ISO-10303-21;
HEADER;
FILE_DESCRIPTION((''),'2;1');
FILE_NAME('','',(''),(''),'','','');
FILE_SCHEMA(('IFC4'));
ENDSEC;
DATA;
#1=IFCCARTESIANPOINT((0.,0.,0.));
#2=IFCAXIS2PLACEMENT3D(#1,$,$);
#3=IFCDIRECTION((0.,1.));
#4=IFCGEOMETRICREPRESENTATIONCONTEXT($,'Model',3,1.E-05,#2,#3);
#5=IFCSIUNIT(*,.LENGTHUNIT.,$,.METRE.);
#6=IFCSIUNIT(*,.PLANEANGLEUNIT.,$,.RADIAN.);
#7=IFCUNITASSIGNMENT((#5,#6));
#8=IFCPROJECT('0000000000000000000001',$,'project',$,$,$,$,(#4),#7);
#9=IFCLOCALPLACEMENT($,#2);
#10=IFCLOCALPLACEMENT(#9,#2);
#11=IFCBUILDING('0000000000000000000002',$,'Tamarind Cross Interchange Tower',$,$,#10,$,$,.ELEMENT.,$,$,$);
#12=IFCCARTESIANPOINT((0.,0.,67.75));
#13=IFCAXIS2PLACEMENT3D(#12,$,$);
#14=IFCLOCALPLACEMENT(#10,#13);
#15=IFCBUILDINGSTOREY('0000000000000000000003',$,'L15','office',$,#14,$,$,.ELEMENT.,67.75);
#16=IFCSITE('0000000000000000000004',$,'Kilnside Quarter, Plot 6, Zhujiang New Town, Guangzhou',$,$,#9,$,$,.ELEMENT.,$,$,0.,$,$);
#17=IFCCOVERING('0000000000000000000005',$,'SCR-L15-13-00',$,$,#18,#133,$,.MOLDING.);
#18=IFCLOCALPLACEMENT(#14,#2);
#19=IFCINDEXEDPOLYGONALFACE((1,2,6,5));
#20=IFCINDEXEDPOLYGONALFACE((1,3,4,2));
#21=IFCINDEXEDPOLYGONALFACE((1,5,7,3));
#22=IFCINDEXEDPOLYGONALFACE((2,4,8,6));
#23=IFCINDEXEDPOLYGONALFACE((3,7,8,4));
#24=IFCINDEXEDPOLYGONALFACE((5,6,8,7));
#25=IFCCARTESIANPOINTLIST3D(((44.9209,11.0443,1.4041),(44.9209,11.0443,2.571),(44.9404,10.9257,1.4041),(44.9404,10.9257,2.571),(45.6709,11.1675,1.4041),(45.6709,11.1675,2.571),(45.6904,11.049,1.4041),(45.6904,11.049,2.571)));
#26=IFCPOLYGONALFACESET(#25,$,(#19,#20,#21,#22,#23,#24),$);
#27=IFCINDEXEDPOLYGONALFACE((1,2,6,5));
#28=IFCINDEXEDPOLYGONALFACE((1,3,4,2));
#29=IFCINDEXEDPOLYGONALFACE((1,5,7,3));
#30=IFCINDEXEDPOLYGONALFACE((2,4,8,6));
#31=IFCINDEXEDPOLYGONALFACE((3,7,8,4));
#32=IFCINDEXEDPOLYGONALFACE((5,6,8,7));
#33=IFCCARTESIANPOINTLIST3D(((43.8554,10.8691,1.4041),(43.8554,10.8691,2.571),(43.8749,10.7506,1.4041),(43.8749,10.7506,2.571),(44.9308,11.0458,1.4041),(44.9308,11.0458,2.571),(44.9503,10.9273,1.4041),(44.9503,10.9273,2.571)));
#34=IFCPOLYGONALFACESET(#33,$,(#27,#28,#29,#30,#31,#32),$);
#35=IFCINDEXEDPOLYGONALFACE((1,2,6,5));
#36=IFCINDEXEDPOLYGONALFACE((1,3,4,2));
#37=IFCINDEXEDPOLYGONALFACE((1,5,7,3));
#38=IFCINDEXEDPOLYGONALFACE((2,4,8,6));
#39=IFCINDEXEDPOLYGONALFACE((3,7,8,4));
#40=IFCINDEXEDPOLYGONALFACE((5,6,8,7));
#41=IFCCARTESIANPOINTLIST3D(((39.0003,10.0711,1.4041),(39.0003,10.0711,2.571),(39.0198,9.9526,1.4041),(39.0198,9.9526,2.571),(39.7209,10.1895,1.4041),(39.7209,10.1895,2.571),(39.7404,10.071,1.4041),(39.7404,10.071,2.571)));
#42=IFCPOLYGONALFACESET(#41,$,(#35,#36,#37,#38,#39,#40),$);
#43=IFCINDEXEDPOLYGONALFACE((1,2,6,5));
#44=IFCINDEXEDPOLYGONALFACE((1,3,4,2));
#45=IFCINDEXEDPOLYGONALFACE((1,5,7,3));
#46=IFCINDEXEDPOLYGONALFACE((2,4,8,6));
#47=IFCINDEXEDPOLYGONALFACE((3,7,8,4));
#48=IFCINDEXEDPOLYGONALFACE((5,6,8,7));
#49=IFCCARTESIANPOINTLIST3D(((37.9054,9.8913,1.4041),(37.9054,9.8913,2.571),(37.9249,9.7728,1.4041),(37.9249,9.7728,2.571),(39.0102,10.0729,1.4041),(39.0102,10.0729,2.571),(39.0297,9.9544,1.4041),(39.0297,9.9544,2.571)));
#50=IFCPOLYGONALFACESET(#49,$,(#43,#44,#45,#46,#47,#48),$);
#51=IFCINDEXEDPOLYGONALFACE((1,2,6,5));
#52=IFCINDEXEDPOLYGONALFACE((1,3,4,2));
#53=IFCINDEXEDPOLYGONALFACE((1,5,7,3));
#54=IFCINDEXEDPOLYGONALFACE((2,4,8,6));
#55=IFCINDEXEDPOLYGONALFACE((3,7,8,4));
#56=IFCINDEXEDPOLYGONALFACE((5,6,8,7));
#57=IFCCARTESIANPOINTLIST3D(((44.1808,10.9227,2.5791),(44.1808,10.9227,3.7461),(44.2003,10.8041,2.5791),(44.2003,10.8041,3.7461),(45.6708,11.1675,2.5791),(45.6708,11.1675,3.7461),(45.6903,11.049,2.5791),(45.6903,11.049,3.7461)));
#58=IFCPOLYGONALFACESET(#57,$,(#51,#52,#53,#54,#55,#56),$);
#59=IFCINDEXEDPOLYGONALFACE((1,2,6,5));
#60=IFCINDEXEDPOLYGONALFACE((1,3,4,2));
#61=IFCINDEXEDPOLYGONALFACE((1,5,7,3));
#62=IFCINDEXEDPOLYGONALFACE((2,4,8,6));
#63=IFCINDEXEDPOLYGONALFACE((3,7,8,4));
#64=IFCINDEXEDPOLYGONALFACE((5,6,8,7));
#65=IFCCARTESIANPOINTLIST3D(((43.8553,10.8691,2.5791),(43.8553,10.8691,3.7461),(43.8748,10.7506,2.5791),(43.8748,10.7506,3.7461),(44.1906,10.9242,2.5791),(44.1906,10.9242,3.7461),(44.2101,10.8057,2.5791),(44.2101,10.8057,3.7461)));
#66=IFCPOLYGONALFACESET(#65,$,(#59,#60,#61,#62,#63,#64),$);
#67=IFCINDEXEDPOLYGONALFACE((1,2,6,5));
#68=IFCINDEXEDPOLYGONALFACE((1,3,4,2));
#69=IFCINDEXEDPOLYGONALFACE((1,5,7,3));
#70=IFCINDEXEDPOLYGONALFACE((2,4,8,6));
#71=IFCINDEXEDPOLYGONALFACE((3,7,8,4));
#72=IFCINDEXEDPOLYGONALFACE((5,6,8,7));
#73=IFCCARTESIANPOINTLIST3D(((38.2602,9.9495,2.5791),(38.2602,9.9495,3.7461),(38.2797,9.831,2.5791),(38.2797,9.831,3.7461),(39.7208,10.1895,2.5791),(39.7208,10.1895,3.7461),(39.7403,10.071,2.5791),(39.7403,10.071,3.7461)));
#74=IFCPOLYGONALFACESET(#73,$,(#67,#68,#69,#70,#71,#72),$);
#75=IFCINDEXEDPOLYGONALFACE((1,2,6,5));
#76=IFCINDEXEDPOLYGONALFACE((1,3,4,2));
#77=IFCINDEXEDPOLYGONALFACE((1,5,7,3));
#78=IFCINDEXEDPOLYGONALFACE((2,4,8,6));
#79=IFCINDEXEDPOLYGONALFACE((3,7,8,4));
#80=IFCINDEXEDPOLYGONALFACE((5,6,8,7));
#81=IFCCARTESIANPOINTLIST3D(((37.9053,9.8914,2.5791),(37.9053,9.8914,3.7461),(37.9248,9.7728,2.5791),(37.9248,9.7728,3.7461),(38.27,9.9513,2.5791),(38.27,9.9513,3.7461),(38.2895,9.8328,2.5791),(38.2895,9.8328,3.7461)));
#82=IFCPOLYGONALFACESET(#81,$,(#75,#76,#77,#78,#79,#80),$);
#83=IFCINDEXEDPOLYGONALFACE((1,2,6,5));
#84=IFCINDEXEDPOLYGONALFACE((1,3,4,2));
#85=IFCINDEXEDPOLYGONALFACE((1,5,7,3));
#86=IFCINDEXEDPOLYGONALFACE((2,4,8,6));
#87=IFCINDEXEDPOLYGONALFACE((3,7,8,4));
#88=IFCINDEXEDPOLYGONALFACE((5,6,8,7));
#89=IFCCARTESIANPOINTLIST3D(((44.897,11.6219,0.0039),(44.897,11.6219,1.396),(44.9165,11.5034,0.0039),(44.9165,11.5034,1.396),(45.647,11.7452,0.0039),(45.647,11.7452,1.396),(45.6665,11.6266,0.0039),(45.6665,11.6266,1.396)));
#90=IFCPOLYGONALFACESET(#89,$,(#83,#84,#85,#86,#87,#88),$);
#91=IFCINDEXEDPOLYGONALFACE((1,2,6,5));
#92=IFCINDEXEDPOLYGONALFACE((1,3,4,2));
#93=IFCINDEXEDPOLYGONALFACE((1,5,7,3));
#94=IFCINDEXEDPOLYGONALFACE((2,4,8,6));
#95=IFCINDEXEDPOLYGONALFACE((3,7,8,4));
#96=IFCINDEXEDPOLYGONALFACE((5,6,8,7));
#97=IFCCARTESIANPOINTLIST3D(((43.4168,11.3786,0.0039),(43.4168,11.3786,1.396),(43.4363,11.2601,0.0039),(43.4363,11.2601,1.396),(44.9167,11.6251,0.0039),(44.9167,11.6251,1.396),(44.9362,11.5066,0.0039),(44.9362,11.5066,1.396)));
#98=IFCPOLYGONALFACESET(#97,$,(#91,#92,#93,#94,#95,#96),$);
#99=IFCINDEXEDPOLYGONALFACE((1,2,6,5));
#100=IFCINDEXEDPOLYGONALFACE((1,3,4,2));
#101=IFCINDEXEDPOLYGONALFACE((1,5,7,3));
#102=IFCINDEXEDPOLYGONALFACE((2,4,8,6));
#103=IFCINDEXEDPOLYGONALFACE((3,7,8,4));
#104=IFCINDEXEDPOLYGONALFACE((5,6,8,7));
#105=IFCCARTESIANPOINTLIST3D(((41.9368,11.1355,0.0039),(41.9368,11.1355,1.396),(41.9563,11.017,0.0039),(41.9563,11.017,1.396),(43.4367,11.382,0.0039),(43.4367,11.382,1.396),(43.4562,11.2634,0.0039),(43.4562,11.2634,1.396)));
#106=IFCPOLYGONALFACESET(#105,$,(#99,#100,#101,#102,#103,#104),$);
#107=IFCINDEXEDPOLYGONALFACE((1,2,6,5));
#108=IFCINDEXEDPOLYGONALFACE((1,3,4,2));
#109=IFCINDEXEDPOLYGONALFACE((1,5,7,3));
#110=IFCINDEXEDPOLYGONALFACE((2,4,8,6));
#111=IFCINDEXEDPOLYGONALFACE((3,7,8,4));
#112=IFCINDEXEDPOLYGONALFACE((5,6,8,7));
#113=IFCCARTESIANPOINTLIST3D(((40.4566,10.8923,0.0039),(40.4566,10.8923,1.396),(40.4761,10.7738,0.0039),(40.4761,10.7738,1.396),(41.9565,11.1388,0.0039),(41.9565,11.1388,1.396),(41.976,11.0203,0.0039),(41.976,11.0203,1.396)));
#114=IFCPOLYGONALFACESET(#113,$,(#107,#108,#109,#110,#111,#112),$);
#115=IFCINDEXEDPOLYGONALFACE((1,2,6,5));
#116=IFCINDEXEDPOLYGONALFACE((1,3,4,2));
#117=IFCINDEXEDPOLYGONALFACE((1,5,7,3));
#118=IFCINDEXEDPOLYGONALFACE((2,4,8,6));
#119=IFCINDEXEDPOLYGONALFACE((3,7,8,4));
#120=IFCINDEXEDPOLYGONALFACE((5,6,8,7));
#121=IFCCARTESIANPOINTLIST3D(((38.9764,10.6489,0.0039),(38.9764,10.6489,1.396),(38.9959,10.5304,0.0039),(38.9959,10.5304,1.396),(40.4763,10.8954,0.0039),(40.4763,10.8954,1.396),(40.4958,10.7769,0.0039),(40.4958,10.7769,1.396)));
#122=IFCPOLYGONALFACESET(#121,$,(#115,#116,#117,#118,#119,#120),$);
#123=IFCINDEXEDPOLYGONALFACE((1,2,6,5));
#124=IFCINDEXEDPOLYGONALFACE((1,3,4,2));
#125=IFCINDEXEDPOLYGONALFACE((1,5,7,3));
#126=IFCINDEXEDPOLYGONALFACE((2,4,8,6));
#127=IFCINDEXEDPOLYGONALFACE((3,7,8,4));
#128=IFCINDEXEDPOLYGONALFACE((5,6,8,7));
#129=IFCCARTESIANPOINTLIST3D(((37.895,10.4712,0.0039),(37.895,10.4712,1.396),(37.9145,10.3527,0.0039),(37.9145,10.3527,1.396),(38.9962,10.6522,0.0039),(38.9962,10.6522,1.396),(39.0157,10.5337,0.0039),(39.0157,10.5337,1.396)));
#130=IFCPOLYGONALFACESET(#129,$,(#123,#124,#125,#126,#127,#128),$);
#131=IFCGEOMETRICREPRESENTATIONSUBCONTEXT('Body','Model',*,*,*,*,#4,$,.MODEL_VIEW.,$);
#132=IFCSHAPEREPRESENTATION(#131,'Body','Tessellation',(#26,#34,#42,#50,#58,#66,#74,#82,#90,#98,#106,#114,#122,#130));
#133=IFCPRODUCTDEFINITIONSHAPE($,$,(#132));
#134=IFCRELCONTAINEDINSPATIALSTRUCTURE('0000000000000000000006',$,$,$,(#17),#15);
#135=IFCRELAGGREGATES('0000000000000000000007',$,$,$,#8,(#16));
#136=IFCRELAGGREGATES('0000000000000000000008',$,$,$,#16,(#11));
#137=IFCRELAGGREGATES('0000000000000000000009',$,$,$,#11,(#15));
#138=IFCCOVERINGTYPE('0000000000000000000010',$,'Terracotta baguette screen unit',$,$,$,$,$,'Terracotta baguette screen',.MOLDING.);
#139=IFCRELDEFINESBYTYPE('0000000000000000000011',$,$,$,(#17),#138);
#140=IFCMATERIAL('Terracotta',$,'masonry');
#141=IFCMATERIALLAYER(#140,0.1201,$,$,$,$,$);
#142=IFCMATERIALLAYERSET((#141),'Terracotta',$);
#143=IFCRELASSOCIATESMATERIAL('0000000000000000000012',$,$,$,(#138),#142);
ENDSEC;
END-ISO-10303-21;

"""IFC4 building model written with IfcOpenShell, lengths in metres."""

from ifc_helpers import new_model, si_unit, direction, frame, origin, origin_2d, place, context, subcontext, project, spatial, rectangle, extrude, material, layer, layer_set, type_object, element, save


model = new_model("IFC4")

# Units and contexts
model_context = context("Model", 3, precision=1e-05, world=origin(), true_north=direction((0.0, 1.0)))
body_context = subcontext(model_context, "Body", "Model", "MODEL_VIEW")
ifc_project = project(units=[si_unit("LENGTHUNIT", "METRE"), si_unit("PLANEANGLEUNIT", "RADIAN")], contexts=[model_context])

# Site, building, storey
site_placement = place(None, origin())
site = spatial("IfcSite", under=ifc_project, at=site_placement, Name="Kilnside Quarter, Plot 6, Zhujiang New Town, Guangzhou", CompositionType="ELEMENT", RefElevation=0.0)
building_placement = place(site_placement, origin())
building = spatial("IfcBuilding", under=site, at=building_placement, Name="Tamarind Cross Interchange Tower", CompositionType="ELEMENT")
storey_placement = place(building_placement, frame((0.0, 0.0, 67.75)))
storey = spatial("IfcBuildingStorey", under=building, at=storey_placement, Name="L15", Description="office", CompositionType="ELEMENT", Elevation=67.75)

# Covering
ifc_material_1 = material(Name="Terracotta", Category="masonry")
ifc_layer_1 = layer(ifc_material_1, 0.1201)
ifc_layer_set_1 = layer_set([ifc_layer_1], Name="Terracotta")
covering_type = type_object("IfcCoveringType", Name="Terracotta baguette screen unit", ElementType="Terracotta baguette screen", PredefinedType="MOLDING", material=ifc_layer_set_1)
covering_1_placement = place(storey_placement, origin())
element("IfcCovering", 1, at=covering_1_placement, inside=storey, type_object=covering_type, Name="SCR-L15-13-00", PredefinedType="MOLDING", context=body_context, shape_type="SweptSolid", body=[
    extrude(rectangle(XDim=0.76, YDim=0.1201, at=origin_2d()), frame((45.3057, 11.0466, 1.4041), z_axis=(0.0, 0.0, 1.0), x_axis=(-0.986764, -0.162164, 0.0)), (0.0, 0.0, 1.0), 1.167),
    extrude(rectangle(XDim=1.0898, YDim=0.1201, at=origin_2d()), frame((44.4028, 10.8982, 1.4041), z_axis=(0.0, 0.0, 1.0), x_axis=(-0.986764, -0.162164, 0.0)), (0.0, 0.0, 1.0), 1.167),
    extrude(rectangle(XDim=0.7302, YDim=0.1201, at=origin_2d()), frame((39.3704, 10.071, 1.4041), z_axis=(0.0, 0.0, 1.0), x_axis=(-0.986764, -0.162164, 0.0)), (0.0, 0.0, 1.0), 1.167),
    extrude(rectangle(XDim=1.1196, YDim=0.1201, at=origin_2d()), frame((38.4675, 9.9229, 1.4041), z_axis=(0.0, 0.0, 1.0), x_axis=(-0.986764, -0.162164, 0.0)), (0.0, 0.0, 1.0), 1.167),
    extrude(rectangle(XDim=1.51, YDim=0.1201, at=origin_2d()), frame((44.9355, 10.9858, 2.5791), z_axis=(0.0, 0.0, 1.0), x_axis=(-0.986764, -0.162164, 0.0)), (0.0, 0.0, 1.0), 1.167),
    extrude(rectangle(XDim=0.3398, YDim=0.1201, at=origin_2d()), frame((44.0327, 10.8374, 2.5791), z_axis=(0.0, 0.0, 1.0), x_axis=(-0.986764, -0.162164, 0.0)), (0.0, 0.0, 1.0), 1.167),
    extrude(rectangle(XDim=1.4802, YDim=0.1201, at=origin_2d()), frame((39.0002, 10.0103, 2.5791), z_axis=(0.0, 0.0, 1.0), x_axis=(-0.986764, -0.162164, 0.0)), (0.0, 0.0, 1.0), 1.167),
    extrude(rectangle(XDim=0.3696, YDim=0.1201, at=origin_2d()), frame((38.0974, 9.8621, 2.5791), z_axis=(0.0, 0.0, 1.0), x_axis=(-0.986764, -0.162164, 0.0)), (0.0, 0.0, 1.0), 1.167),
    extrude(rectangle(XDim=0.76, YDim=0.1201, at=origin_2d()), frame((45.2817, 11.6243, 0.0039), z_axis=(0.0, 0.0, 1.0), x_axis=(-0.986764, -0.162164, 0.0)), (0.0, 0.0, 1.0), 1.3921),
    extrude(rectangle(XDim=1.52, YDim=0.1201, at=origin_2d()), frame((44.1765, 11.4426, 0.0039), z_axis=(0.0, 0.0, 1.0), x_axis=(-0.986764, -0.162164, 0.0)), (0.0, 0.0, 1.0), 1.3921),
    extrude(rectangle(XDim=1.52, YDim=0.1201, at=origin_2d()), frame((42.6965, 11.1995, 0.0039), z_axis=(0.0, 0.0, 1.0), x_axis=(-0.986764, -0.162164, 0.0)), (0.0, 0.0, 1.0), 1.3921),
    extrude(rectangle(XDim=1.52, YDim=0.1201, at=origin_2d()), frame((41.2163, 10.9563, 0.0039), z_axis=(0.0, 0.0, 1.0), x_axis=(-0.986764, -0.162164, 0.0)), (0.0, 0.0, 1.0), 1.3921),
    extrude(rectangle(XDim=1.52, YDim=0.1201, at=origin_2d()), frame((39.7361, 10.7129, 0.0039), z_axis=(0.0, 0.0, 1.0), x_axis=(-0.986764, -0.162164, 0.0)), (0.0, 0.0, 1.0), 1.3921),
    extrude(rectangle(XDim=1.116, YDim=0.1201, at=origin_2d()), frame((38.4553, 10.5024, 0.0039), z_axis=(0.0, 0.0, 1.0), x_axis=(-0.986764, -0.162164, 0.0)), (0.0, 0.0, 1.0), 1.3921),
])

save(model, "model.ifc")
